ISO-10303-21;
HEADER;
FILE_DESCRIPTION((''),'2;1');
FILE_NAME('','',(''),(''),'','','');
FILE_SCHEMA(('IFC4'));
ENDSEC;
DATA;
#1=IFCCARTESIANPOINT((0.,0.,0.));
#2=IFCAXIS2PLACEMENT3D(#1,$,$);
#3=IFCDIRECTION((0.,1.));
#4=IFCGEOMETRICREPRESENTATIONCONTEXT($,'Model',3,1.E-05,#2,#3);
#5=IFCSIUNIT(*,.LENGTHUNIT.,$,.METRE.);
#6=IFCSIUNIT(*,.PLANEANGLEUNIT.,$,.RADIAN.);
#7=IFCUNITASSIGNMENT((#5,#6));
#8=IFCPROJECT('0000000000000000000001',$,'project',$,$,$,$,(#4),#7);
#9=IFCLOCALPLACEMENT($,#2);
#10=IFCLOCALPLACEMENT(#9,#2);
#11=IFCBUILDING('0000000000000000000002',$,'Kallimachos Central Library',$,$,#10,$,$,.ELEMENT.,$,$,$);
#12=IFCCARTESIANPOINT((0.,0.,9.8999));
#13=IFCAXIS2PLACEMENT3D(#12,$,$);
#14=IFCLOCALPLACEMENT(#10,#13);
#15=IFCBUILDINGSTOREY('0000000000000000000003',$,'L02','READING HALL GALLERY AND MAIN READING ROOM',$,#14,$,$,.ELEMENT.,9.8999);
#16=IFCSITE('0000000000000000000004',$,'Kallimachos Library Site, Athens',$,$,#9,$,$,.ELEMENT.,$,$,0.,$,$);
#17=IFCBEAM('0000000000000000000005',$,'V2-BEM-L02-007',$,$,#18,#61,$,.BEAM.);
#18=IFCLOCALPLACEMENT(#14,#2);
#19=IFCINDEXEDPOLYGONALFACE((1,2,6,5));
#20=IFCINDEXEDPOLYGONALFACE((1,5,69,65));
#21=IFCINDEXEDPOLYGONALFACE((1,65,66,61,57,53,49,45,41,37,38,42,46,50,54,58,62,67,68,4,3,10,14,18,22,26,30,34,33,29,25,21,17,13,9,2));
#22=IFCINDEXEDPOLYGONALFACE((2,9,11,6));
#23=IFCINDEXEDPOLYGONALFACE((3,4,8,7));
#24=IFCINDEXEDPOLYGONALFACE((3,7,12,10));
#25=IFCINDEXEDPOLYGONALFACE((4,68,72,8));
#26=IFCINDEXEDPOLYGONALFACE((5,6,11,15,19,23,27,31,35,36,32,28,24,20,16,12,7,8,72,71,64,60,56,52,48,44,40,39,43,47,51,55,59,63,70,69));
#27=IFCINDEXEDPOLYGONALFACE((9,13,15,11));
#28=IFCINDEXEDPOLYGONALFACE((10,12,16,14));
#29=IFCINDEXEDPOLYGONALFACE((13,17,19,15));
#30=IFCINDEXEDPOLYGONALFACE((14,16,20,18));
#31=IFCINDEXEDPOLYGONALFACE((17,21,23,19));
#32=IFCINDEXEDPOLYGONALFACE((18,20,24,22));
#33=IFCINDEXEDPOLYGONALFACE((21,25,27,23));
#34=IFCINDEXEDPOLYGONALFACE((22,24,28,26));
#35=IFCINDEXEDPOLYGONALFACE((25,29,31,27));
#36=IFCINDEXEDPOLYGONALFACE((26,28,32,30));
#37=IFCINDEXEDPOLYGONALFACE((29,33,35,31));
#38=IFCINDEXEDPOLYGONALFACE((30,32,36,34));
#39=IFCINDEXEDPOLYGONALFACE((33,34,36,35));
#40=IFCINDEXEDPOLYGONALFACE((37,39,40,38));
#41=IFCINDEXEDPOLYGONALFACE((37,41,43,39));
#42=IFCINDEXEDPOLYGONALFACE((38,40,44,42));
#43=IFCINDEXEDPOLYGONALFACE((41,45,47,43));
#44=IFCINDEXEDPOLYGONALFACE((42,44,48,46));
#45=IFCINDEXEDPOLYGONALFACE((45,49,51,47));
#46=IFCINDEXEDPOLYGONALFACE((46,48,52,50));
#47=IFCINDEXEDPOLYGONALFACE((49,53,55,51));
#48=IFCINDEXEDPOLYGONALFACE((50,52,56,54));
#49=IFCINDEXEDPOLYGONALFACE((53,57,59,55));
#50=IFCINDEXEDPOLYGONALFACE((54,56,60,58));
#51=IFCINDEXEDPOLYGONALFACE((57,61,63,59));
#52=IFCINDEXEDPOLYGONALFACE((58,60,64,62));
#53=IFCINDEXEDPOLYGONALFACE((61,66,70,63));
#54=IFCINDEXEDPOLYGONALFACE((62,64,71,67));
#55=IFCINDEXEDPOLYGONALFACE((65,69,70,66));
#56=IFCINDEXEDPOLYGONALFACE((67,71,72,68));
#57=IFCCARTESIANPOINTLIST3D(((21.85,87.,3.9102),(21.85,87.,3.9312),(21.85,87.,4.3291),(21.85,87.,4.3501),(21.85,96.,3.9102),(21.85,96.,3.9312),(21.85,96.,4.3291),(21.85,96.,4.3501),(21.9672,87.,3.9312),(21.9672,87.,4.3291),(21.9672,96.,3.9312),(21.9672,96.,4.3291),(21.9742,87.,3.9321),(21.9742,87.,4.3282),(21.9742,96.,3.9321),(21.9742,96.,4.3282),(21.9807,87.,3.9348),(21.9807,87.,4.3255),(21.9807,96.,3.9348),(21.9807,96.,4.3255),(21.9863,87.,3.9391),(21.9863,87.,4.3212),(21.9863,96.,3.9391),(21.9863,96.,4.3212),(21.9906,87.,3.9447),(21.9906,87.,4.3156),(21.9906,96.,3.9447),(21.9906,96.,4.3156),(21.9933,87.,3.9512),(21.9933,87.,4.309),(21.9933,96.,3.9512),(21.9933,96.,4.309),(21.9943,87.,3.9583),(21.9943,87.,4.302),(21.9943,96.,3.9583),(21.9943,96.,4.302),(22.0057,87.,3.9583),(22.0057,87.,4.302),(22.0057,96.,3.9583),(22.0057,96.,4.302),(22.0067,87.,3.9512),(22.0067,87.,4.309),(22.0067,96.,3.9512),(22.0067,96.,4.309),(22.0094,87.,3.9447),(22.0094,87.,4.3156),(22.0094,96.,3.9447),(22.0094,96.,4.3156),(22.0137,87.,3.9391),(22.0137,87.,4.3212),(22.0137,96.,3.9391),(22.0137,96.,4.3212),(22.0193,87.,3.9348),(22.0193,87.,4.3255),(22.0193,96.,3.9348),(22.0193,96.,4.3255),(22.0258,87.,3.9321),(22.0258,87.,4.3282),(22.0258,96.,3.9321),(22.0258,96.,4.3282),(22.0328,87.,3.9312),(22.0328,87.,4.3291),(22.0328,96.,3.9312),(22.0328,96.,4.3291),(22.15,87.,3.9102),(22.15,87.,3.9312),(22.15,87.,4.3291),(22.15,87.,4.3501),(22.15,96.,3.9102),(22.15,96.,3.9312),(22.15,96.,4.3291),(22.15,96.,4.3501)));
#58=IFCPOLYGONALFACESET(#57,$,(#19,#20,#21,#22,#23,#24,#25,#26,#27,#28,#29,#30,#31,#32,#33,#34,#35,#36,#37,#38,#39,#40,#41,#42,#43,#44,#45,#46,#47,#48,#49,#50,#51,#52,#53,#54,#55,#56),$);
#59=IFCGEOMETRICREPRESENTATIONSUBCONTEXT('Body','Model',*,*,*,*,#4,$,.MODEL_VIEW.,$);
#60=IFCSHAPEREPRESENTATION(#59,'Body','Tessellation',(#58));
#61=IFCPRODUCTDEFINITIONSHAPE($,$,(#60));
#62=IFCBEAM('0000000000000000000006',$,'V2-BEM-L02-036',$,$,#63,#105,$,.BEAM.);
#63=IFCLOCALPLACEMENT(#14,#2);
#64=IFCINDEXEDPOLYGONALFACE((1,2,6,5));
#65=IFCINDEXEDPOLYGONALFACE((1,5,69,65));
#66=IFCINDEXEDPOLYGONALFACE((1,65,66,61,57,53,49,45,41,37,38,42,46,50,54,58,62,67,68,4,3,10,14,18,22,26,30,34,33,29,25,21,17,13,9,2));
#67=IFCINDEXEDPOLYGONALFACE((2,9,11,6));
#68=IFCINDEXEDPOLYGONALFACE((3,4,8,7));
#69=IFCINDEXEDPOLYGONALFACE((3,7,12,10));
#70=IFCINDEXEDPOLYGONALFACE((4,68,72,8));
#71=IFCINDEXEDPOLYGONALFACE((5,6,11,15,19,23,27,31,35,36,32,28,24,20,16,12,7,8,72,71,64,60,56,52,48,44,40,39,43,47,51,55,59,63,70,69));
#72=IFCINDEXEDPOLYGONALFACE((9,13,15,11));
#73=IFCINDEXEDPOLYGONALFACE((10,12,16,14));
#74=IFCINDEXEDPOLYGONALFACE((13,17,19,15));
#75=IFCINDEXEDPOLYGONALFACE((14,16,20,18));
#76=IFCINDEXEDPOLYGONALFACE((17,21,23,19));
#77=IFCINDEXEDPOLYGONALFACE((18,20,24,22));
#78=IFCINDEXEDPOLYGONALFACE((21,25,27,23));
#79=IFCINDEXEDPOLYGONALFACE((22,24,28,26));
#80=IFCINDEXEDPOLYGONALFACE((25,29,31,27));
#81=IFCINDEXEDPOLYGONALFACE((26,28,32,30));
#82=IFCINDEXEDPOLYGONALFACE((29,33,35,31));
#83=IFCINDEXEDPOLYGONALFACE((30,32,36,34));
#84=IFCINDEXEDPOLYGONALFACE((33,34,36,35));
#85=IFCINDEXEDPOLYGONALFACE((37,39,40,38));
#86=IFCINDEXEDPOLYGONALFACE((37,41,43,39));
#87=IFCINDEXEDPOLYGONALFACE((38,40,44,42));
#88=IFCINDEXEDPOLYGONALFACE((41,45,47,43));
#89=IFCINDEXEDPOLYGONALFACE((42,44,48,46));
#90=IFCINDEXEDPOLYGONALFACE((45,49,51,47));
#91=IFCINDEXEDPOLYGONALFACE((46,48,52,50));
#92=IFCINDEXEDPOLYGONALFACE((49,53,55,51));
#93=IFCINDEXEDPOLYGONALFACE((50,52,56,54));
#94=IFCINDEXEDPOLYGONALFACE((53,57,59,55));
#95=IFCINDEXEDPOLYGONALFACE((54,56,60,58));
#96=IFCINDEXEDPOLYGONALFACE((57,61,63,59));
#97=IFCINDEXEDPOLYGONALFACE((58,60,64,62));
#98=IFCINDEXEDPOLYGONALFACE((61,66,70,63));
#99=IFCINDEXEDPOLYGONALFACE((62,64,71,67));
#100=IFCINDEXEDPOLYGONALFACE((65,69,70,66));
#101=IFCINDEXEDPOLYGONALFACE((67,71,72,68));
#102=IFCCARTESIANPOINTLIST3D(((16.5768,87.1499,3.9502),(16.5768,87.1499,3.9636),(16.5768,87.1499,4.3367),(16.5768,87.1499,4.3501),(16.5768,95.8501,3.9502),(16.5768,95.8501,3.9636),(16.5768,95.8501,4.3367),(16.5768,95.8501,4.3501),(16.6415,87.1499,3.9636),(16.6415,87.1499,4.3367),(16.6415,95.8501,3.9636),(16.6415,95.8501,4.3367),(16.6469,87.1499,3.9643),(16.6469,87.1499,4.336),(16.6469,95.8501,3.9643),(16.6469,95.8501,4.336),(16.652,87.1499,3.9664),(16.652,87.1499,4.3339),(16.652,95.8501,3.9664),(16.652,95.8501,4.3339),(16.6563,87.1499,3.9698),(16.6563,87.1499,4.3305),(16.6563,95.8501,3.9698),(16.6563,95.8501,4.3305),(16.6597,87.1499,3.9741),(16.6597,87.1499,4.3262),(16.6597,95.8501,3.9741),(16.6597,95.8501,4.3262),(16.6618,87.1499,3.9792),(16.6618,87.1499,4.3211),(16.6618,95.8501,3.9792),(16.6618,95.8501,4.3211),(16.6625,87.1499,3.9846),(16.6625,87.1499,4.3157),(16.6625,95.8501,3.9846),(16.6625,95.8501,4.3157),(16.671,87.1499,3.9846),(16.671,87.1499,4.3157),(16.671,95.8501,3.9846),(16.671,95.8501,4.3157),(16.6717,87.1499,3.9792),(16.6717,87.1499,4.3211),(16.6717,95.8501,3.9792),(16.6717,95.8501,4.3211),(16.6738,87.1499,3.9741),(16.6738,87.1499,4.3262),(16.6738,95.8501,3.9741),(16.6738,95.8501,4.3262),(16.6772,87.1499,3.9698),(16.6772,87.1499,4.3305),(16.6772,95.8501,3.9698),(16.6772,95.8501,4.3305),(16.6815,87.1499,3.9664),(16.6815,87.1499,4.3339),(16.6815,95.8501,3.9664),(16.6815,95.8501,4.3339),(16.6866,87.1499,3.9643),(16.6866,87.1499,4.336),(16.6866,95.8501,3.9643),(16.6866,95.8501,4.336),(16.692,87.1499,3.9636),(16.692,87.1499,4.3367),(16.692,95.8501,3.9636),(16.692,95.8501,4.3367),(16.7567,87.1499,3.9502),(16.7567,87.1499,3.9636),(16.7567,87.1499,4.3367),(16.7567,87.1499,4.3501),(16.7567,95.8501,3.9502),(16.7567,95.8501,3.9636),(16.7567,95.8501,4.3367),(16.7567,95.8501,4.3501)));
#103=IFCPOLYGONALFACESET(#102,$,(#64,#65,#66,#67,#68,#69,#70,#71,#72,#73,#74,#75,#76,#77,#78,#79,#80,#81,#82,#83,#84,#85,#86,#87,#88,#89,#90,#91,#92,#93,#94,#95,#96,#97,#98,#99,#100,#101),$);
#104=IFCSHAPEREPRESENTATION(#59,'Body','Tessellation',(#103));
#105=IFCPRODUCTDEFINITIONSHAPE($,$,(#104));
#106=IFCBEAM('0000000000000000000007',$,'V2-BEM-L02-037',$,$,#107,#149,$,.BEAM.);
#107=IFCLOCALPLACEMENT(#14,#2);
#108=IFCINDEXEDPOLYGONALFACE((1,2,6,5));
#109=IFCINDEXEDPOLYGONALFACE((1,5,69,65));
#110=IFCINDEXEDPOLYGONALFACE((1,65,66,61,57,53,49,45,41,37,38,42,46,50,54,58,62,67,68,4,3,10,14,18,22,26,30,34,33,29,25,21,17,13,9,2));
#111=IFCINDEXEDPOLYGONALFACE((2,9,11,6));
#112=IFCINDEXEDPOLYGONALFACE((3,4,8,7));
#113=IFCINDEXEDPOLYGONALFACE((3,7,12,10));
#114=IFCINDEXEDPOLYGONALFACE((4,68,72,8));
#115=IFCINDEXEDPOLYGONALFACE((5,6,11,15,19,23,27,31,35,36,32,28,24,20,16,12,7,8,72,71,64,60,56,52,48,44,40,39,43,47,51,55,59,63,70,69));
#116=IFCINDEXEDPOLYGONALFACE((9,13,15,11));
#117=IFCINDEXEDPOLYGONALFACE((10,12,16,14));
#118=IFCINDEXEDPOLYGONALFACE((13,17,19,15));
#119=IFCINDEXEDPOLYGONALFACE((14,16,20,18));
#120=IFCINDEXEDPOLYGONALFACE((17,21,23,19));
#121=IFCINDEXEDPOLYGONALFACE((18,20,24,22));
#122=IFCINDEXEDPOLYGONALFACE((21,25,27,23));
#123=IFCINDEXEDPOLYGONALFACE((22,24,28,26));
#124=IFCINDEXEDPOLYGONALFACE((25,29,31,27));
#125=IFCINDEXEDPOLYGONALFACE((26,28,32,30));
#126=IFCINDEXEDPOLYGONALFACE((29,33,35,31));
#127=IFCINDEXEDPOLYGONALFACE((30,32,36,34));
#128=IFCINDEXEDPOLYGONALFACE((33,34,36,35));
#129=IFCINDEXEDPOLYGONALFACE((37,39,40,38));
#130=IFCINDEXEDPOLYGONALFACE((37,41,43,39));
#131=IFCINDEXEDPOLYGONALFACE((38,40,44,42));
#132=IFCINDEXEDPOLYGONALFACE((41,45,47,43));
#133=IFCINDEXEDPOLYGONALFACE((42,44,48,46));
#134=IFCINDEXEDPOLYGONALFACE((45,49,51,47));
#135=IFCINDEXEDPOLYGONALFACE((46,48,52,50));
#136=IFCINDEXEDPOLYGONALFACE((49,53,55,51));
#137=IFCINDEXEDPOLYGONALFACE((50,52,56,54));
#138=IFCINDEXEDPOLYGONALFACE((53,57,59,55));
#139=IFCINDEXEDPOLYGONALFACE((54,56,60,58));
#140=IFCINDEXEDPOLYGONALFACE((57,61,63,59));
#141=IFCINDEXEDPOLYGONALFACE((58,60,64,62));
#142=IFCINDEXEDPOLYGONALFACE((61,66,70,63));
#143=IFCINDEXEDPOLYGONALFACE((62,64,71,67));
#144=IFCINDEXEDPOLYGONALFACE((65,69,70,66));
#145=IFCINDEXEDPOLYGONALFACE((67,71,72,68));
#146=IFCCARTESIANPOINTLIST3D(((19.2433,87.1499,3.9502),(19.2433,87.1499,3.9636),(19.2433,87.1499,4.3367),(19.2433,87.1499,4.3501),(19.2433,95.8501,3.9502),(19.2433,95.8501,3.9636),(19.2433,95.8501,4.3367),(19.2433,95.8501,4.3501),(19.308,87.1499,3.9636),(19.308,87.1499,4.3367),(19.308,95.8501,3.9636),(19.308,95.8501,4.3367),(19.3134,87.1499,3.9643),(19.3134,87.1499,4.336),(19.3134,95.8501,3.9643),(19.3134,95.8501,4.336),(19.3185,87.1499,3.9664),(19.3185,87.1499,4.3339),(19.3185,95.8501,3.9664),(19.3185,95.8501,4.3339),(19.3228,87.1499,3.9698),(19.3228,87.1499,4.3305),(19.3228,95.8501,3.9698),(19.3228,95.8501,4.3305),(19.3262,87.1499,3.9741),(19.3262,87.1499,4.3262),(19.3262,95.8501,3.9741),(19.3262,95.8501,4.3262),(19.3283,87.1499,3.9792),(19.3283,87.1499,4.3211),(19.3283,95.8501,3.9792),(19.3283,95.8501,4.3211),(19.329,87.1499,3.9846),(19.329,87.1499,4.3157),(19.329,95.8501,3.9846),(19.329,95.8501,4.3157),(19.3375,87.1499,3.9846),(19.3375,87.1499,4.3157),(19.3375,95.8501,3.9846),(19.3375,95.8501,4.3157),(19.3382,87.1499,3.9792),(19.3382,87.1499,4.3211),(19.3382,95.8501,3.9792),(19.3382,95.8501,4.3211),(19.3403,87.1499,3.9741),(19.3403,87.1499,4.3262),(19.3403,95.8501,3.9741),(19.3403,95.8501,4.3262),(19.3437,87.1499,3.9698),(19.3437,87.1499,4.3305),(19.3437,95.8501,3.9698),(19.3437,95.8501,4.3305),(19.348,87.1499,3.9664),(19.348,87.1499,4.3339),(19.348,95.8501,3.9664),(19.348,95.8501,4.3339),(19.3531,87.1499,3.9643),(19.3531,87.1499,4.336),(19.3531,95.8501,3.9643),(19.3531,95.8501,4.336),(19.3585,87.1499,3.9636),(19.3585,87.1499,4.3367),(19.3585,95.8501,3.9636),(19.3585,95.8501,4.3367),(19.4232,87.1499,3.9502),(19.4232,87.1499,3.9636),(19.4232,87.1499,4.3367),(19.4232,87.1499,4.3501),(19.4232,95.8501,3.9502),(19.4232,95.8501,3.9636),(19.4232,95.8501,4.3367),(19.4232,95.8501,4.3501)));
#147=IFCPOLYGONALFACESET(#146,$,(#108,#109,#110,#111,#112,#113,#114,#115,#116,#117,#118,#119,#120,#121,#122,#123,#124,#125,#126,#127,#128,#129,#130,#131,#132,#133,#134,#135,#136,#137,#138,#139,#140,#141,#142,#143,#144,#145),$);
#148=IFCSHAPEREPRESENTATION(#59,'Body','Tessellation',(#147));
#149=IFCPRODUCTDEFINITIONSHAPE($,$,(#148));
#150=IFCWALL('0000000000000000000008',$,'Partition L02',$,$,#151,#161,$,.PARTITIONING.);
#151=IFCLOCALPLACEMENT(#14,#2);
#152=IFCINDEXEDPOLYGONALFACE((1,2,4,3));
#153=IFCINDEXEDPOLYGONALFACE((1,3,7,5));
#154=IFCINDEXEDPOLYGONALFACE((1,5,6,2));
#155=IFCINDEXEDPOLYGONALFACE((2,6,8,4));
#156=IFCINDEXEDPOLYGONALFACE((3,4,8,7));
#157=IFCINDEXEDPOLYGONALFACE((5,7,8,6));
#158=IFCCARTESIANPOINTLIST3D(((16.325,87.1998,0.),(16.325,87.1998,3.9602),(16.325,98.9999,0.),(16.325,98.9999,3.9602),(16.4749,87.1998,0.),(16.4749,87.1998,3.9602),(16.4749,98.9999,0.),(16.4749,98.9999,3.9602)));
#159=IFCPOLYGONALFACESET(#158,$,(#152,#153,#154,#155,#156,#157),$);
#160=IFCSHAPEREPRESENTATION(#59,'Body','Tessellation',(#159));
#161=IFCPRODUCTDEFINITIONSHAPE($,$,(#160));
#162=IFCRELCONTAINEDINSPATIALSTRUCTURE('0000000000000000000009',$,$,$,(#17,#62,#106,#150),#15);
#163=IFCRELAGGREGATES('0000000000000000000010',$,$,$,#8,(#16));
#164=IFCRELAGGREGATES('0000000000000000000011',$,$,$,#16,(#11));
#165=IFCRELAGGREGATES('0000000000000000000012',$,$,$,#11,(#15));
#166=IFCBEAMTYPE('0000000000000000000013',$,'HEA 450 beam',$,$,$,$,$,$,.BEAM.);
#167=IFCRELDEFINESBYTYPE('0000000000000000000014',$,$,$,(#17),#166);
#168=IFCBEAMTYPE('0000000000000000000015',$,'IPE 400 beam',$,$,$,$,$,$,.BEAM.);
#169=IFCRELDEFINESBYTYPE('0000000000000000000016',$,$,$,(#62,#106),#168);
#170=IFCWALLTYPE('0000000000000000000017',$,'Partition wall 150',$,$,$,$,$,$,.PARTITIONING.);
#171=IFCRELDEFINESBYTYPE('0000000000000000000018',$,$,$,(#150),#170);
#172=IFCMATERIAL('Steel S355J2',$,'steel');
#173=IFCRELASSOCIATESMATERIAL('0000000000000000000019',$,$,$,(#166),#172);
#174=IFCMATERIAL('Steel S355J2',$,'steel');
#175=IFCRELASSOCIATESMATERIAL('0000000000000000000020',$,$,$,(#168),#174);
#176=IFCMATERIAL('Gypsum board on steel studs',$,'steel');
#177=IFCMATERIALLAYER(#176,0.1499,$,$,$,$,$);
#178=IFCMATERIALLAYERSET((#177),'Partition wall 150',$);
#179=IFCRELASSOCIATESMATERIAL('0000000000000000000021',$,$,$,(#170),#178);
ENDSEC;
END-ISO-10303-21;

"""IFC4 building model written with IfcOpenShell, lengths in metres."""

from ifc_helpers import new_model, si_unit, direction, frame, frame_2d, origin, origin_2d, place, context, subcontext, project, spatial, rectangle, i_section, extrude, material, layer, layer_set, material_profile, profile_set, type_object, element, save


model = new_model("IFC4")

# Units and contexts
model_context = context("Model", 3, precision=1e-05, world=origin(), true_north=direction((0.0, 1.0)))
body_context = subcontext(model_context, "Body", "Model", "MODEL_VIEW")
ifc_project = project(units=[si_unit("LENGTHUNIT", "METRE"), si_unit("PLANEANGLEUNIT", "RADIAN")], contexts=[model_context])

# Site, building, storey
site_placement = place(None, origin())
site = spatial("IfcSite", under=ifc_project, at=site_placement, Name="Kallimachos Library Site, Athens", CompositionType="ELEMENT", RefElevation=0.0)
building_placement = place(site_placement, origin())
building = spatial("IfcBuilding", under=site, at=building_placement, Name="Kallimachos Central Library", CompositionType="ELEMENT")
storey_placement = place(building_placement, frame((0.0, 0.0, 9.8999)))
storey = spatial("IfcBuildingStorey", under=building, at=storey_placement, Name="L02", Description="READING HALL GALLERY AND MAIN READING ROOM", CompositionType="ELEMENT", Elevation=9.8999)

# Beams
ifc_material_1 = material(Name="Steel S355J2", Category="steel")
ifc_material_profile_1 = material_profile(ifc_material_1, i_section(OverallWidth=0.3, OverallDepth=0.4399, WebThickness=0.0115, FlangeThickness=0.021, FilletRadius=0.0271, at=origin_2d()), Name="HEA 450")
ifc_profile_set_1 = profile_set([ifc_material_profile_1], Name="Steel S355J2")
beam_type_1 = type_object("IfcBeamType", Name="HEA 450 beam", PredefinedType="BEAM", material=ifc_profile_set_1)
for number, where, z_axis, x_axis, name in (
    (1, (22.0, 87.0, 4.1301), (0.0, 1.0, 0.0), (-1.0, 0.0, 0.0), "V2-BEM-L02-007"),
):
    element("IfcBeam", number, at=place(storey_placement, frame(where, z_axis=z_axis, x_axis=x_axis)), inside=storey, type_object=beam_type_1, Name=name, PredefinedType="BEAM", context=body_context, shape_type="SweptSolid", body=[
        extrude(i_section(OverallWidth=0.3, OverallDepth=0.4399, WebThickness=0.0115, FlangeThickness=0.021, FilletRadius=0.0271, at=origin_2d()), origin(), (0.0, 0.0, 1.0), 9.0),
    ])
ifc_material_2 = material(Name="Steel S355J2", Category="steel")
ifc_material_profile_2 = material_profile(ifc_material_2, i_section(OverallWidth=0.1799, OverallDepth=0.3999, WebThickness=0.0085, FlangeThickness=0.0134, FilletRadius=0.021, at=origin_2d()), Name="IPE 400")
ifc_profile_set_2 = profile_set([ifc_material_profile_2], Name="Steel S355J2")
beam_type_2 = type_object("IfcBeamType", Name="IPE 400 beam", PredefinedType="BEAM", material=ifc_profile_set_2)
for number, where, z_axis, x_axis, name in (
    (2, (16.6667, 87.1499, 4.1501), (0.0, 1.0, 0.0), (-1.0, 0.0, 0.0), "V2-BEM-L02-036"),
    (3, (19.3333, 87.1499, 4.1501), (0.0, 1.0, 0.0), (-1.0, 0.0, 0.0), "V2-BEM-L02-037"),
):
    element("IfcBeam", number, at=place(storey_placement, frame(where, z_axis=z_axis, x_axis=x_axis)), inside=storey, type_object=beam_type_2, Name=name, PredefinedType="BEAM", context=body_context, shape_type="SweptSolid", body=[
        extrude(i_section(OverallWidth=0.1799, OverallDepth=0.3999, WebThickness=0.0085, FlangeThickness=0.0134, FilletRadius=0.021, at=origin_2d()), origin(), (0.0, 0.0, 1.0), 8.7002),
    ])

# Wall
ifc_material_3 = material(Name="Gypsum board on steel studs", Category="steel")
ifc_layer_1 = layer(ifc_material_3, 0.1499)
ifc_layer_set_1 = layer_set([ifc_layer_1], Name="Partition wall 150")
wall_type_1 = type_object("IfcWallType", Name="Partition wall 150", PredefinedType="PARTITIONING", material=ifc_layer_set_1)
wall_1_placement = place(storey_placement, frame((16.3999, 87.2, 0.0), z_axis=(0.0, 0.0, 1.0), x_axis=(0.0, 1.0, 0.0)))
element("IfcWall", 4, at=wall_1_placement, inside=storey, type_object=wall_type_1, Name="Partition L02", PredefinedType="PARTITIONING", context=body_context, shape_type="SweptSolid", body=[
    extrude(rectangle(XDim=11.8, YDim=0.1499, at=frame_2d((5.8999, 0.0))), origin(), (0.0, 0.0, 1.0), 3.9602),
])

save(model, "model.ifc")
